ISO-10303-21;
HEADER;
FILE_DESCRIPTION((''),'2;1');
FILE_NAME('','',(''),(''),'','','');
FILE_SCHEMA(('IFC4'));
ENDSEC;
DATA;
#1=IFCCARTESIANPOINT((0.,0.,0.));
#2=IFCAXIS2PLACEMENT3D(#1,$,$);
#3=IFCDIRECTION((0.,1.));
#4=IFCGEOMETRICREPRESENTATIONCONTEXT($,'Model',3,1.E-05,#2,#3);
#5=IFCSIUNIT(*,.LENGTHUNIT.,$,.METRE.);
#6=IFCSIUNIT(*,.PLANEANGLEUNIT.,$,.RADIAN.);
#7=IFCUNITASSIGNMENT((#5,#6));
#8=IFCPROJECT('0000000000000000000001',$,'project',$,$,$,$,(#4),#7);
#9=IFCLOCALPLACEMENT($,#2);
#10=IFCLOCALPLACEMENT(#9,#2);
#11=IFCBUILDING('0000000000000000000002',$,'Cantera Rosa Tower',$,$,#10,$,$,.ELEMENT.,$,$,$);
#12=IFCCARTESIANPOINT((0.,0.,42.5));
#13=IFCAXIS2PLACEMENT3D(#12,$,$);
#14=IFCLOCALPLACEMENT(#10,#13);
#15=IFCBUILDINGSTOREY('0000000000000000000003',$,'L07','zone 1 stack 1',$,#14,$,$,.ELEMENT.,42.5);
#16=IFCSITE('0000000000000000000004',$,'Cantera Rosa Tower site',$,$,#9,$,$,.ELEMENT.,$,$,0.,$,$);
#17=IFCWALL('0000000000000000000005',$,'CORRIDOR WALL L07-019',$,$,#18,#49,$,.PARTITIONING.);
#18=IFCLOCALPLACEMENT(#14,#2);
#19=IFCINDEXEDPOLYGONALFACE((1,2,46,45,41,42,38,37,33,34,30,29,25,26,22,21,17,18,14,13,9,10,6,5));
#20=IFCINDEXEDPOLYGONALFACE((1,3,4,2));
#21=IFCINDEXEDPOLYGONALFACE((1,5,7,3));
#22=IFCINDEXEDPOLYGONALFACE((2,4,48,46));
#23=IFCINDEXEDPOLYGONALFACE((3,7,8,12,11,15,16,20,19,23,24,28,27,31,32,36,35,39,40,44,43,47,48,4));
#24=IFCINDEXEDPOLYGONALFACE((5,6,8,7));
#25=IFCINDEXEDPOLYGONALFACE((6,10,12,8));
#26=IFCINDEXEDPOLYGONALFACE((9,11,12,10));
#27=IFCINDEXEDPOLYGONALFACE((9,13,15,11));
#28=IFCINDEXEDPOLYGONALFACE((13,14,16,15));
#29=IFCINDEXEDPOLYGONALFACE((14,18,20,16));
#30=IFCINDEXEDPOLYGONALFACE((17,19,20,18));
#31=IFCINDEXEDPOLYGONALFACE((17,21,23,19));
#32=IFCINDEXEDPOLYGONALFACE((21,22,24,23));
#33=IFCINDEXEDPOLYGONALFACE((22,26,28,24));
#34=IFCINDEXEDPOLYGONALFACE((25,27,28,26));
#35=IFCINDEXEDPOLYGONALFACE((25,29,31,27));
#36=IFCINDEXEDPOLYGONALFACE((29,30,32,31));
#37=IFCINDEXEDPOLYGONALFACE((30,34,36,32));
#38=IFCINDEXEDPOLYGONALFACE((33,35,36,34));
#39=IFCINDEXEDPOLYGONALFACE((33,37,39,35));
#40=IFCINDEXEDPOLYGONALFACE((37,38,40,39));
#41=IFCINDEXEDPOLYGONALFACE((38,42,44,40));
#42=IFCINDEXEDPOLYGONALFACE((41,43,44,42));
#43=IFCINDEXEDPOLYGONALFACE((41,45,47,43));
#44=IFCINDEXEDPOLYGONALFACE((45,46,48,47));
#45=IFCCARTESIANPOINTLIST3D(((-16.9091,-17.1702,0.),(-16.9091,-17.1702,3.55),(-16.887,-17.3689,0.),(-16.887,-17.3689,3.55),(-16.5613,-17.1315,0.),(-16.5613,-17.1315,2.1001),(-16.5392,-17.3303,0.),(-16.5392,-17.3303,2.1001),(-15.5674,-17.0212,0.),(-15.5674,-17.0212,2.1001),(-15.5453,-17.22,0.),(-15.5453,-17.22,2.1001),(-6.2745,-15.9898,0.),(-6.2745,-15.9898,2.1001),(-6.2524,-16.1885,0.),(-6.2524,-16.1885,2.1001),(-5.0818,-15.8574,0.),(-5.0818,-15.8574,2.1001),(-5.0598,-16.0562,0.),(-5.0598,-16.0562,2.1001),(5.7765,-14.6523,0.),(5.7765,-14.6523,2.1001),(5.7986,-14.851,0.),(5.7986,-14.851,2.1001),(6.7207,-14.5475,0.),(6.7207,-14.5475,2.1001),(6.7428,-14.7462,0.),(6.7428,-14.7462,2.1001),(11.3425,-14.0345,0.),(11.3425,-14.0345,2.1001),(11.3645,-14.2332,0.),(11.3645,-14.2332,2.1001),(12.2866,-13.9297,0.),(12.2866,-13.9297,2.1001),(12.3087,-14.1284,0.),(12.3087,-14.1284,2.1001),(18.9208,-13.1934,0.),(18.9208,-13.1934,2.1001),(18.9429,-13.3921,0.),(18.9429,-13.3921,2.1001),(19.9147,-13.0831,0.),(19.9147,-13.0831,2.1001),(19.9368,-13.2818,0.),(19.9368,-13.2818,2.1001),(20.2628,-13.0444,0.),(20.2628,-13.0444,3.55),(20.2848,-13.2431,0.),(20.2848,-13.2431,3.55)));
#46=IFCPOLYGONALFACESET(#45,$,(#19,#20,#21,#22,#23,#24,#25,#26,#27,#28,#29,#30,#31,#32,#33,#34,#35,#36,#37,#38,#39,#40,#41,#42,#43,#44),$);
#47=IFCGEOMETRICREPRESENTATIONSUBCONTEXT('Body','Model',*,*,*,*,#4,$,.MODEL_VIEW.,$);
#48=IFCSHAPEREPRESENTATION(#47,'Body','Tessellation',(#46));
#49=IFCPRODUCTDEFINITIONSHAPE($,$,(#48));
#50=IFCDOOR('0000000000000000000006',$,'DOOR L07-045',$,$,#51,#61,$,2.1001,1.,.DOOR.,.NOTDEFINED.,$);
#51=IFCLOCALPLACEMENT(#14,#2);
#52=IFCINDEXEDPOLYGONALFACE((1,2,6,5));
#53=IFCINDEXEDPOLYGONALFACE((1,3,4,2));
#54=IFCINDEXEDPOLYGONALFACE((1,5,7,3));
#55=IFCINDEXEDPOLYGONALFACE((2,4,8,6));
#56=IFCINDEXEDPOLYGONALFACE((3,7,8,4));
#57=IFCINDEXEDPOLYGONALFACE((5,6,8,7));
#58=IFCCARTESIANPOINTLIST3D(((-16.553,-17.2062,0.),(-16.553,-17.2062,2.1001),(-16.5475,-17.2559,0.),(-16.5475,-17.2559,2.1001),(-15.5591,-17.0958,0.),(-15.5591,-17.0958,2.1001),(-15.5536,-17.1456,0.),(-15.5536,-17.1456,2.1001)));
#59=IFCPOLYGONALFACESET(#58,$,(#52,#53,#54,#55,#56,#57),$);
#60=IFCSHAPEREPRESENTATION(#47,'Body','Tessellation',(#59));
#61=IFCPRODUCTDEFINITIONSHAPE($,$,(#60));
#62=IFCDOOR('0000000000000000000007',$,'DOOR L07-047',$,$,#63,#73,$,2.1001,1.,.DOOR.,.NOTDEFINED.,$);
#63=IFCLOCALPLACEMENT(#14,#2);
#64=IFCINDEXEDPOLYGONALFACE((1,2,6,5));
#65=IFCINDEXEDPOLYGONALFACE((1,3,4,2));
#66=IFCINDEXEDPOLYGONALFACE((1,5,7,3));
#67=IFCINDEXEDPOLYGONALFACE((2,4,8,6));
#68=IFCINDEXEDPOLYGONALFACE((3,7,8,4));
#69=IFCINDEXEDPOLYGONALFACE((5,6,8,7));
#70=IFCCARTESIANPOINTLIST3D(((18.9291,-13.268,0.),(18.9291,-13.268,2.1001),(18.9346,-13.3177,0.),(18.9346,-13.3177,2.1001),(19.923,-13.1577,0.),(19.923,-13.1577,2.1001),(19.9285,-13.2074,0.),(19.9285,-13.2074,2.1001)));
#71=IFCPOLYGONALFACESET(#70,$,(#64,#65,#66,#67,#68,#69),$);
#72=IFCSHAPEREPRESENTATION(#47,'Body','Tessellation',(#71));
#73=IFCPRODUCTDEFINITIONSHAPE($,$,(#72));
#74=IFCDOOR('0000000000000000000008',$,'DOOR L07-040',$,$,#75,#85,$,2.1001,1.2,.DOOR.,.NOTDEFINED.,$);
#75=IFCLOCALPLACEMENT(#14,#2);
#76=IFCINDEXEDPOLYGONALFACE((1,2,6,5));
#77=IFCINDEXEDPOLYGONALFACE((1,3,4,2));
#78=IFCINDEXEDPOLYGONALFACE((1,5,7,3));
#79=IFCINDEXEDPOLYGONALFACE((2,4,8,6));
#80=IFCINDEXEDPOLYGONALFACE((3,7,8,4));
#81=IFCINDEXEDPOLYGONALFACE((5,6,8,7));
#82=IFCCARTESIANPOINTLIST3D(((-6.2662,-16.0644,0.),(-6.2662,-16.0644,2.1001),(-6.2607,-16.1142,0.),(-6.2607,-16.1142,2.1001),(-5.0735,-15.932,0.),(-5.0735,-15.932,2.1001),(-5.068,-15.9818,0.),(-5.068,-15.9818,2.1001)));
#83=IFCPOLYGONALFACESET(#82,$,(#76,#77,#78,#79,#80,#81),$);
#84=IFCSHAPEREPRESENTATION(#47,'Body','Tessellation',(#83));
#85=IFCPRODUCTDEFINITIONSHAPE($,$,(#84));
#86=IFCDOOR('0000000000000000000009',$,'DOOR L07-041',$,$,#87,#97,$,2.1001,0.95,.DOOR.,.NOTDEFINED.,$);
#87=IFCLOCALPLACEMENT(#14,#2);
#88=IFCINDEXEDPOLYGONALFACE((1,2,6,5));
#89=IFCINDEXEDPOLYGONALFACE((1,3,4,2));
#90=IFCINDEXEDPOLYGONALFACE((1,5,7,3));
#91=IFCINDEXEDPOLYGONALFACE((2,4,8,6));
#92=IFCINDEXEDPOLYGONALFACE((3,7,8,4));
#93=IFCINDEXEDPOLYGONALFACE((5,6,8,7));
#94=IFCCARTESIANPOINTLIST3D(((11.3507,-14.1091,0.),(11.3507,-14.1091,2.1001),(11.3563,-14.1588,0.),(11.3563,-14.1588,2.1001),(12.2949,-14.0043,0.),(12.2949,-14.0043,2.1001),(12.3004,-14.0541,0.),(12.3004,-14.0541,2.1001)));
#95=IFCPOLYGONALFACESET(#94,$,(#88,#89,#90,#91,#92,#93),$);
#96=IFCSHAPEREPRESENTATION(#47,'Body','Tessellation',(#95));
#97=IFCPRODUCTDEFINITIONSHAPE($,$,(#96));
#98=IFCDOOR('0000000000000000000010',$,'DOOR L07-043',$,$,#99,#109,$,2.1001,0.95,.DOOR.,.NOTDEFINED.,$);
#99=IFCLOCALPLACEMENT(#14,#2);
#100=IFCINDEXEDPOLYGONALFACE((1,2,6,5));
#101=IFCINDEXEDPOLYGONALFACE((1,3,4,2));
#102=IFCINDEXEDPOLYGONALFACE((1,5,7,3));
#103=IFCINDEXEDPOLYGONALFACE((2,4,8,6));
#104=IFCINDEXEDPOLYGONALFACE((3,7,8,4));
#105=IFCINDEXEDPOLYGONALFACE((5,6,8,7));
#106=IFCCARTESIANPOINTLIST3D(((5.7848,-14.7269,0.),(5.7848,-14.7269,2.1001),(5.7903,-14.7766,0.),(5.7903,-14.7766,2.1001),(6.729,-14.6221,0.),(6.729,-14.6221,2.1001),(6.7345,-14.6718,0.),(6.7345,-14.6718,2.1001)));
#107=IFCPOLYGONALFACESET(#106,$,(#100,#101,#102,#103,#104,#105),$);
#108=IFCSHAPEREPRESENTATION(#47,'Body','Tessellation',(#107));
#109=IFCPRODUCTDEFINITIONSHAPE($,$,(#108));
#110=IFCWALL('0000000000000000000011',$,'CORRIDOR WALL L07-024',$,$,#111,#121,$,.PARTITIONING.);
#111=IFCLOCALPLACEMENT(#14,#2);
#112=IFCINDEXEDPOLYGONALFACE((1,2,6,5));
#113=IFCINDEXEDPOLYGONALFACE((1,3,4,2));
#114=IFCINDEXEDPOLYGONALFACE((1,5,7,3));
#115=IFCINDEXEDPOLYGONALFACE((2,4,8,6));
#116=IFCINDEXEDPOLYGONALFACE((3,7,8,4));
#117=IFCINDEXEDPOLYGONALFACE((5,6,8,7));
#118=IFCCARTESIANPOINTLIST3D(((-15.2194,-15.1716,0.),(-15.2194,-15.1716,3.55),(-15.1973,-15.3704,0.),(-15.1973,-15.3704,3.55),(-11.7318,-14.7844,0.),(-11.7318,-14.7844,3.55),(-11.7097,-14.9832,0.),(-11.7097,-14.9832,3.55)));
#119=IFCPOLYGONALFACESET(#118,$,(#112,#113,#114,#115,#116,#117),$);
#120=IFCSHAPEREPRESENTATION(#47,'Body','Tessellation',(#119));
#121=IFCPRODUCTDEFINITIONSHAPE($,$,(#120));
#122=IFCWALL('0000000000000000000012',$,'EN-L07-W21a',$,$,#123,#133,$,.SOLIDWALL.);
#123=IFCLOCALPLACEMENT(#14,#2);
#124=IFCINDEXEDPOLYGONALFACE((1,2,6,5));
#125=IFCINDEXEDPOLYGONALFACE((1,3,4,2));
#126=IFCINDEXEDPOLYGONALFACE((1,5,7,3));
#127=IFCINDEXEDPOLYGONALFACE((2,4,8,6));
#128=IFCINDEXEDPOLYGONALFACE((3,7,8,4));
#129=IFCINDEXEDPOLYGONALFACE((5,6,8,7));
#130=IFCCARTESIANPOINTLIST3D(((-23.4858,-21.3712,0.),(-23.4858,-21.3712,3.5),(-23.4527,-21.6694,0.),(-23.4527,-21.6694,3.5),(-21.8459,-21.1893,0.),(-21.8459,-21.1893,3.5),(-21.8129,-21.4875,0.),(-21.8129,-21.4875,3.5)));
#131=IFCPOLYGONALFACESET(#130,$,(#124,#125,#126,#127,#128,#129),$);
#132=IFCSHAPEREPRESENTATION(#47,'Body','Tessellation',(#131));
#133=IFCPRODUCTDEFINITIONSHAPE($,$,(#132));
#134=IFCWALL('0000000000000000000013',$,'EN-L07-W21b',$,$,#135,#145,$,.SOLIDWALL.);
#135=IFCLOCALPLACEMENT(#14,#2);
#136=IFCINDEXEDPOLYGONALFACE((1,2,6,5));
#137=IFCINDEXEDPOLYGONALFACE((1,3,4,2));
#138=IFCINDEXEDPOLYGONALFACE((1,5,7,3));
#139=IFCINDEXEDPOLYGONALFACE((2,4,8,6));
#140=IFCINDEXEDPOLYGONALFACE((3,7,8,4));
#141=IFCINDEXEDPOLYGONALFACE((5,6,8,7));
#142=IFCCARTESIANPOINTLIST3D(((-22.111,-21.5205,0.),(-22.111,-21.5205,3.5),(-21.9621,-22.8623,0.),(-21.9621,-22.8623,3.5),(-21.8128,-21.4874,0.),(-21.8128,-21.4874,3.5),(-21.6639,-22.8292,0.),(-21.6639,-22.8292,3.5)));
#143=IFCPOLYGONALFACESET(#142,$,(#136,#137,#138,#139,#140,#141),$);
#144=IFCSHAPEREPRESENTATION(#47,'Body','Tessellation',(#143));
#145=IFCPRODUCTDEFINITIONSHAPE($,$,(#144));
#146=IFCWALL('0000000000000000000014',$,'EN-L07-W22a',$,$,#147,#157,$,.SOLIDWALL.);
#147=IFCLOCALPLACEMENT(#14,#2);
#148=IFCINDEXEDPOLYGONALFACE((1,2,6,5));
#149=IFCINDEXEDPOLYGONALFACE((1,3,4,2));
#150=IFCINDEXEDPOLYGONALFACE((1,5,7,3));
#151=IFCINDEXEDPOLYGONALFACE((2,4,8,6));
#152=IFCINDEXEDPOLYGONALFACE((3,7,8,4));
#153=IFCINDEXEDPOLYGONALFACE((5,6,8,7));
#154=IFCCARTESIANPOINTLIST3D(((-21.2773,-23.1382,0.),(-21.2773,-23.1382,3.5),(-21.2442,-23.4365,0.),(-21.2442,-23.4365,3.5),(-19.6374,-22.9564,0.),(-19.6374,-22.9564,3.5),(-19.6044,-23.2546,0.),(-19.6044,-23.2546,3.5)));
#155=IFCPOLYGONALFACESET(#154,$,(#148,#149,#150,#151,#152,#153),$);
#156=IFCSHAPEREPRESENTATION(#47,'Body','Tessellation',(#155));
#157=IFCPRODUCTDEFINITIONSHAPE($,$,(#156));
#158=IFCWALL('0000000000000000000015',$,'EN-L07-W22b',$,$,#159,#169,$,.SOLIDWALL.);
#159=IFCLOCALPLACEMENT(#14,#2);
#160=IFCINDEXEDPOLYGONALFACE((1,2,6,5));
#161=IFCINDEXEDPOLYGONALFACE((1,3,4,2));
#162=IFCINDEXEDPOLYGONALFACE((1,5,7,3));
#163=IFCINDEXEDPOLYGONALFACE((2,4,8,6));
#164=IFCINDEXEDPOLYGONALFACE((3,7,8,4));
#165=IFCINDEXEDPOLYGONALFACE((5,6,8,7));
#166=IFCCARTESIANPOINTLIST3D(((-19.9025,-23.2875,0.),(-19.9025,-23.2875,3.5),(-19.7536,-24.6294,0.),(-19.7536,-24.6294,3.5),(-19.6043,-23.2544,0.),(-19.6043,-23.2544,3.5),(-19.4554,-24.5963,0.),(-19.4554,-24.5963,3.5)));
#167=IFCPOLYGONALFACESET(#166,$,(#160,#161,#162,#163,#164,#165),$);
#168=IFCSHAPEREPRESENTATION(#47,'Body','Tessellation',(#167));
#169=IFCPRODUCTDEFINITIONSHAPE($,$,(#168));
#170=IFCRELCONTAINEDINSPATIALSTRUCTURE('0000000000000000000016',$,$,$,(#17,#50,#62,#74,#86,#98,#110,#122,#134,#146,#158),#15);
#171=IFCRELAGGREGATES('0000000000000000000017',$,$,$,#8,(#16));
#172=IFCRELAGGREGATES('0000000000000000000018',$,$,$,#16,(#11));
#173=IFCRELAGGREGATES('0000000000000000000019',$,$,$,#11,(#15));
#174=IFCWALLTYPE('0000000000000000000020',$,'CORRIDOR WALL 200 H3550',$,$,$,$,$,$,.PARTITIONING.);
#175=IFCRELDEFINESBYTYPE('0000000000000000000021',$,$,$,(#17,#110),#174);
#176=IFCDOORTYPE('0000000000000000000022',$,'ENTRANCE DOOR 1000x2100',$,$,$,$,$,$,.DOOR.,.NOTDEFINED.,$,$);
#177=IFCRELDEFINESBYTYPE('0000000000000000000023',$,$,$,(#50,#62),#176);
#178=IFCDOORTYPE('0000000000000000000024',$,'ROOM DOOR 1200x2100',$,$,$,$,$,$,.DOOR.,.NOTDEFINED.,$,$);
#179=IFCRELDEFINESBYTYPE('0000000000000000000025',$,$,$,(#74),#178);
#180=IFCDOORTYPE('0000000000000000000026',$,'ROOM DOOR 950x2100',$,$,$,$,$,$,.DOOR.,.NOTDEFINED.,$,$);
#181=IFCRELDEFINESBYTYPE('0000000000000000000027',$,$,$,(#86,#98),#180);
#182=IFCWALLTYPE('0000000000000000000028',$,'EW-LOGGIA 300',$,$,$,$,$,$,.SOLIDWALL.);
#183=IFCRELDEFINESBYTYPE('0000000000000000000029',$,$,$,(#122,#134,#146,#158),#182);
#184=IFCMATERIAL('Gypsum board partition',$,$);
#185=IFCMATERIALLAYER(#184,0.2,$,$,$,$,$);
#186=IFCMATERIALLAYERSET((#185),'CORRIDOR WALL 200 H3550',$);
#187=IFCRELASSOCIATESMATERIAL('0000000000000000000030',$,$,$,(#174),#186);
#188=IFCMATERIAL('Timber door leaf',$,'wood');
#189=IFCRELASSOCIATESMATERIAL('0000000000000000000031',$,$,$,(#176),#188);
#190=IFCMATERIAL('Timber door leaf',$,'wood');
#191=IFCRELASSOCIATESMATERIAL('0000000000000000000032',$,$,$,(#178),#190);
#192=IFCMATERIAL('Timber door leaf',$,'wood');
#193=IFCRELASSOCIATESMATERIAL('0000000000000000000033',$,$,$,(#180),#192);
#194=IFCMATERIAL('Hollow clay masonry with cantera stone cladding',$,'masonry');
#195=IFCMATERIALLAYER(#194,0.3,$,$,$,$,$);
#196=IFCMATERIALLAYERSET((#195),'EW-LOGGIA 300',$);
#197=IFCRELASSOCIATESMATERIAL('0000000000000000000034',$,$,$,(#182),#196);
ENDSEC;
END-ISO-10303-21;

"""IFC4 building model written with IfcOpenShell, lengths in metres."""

from ifc_helpers import new_model, si_unit, direction, frame, frame_2d, origin, place, context, subcontext, project, spatial, rectangle, extrude, material, layer, layer_set, type_object, element, fill, save


model = new_model("IFC4")

# Units and contexts
model_context = context("Model", 3, precision=1e-05, world=origin(), true_north=direction((0.0, 1.0)))
body_context = subcontext(model_context, "Body", "Model", "MODEL_VIEW")
ifc_project = project(units=[si_unit("LENGTHUNIT", "METRE"), si_unit("PLANEANGLEUNIT", "RADIAN")], contexts=[model_context])

# Site, building, storey
site_placement = place(None, origin())
site = spatial("IfcSite", under=ifc_project, at=site_placement, Name="Cantera Rosa Tower site", CompositionType="ELEMENT", RefElevation=0.0)
building_placement = place(site_placement, origin())
building = spatial("IfcBuilding", under=site, at=building_placement, Name="Cantera Rosa Tower", CompositionType="ELEMENT")
storey_placement = place(building_placement, frame((0.0, 0.0, 42.5)))
storey = spatial("IfcBuildingStorey", under=building, at=storey_placement, Name="L07", Description="zone 1 stack 1", CompositionType="ELEMENT", Elevation=42.5)

# Wall, openings, doors
ifc_material_1 = material(Name="Gypsum board partition")
ifc_layer_1 = layer(ifc_material_1, 0.2)
ifc_layer_set_1 = layer_set([ifc_layer_1], Name="CORRIDOR WALL 200 H3550")
wall_type_1 = type_object("IfcWallType", Name="CORRIDOR WALL 200 H3550", PredefinedType="PARTITIONING", material=ifc_layer_set_1)
wall_1_placement = place(storey_placement, frame((-16.8982, -17.2695, 0.0), z_axis=(0.0, 0.0, 1.0), x_axis=(0.993897, 0.110313, 0.0)))
wall_1 = element("IfcWall", 1, at=wall_1_placement, inside=storey, type_object=wall_type_1, Name="CORRIDOR WALL L07-019", PredefinedType="PARTITIONING", context=body_context, shape_type="SweptSolid", body=[
    extrude(rectangle(XDim=37.4001, YDim=0.2, at=frame_2d((18.7002, 0.0))), origin(), (0.0, 0.0, 1.0), 3.55),
])
opening_1_placement = place(wall_1_placement, frame((10.7, 0.0, 0.0)))
opening_1 = element("IfcOpeningElement", 2, at=opening_1_placement, cuts=wall_1, PredefinedType="OPENING", context=body_context, shape_type="SweptSolid", body=[
    extrude(rectangle(XDim=1.2, YDim=2.1001, at=frame_2d((0.6001, 1.05))), frame((0.0, 0.1099, 0.0), z_axis=(0.0, -1.0, 0.0), x_axis=(1.0, 0.0, 0.0)), (0.0, 0.0, 1.0), 0.22),
])
opening_2_placement = place(wall_1_placement, frame((28.425, 0.0, 0.0)))
opening_2 = element("IfcOpeningElement", 3, at=opening_2_placement, cuts=wall_1, PredefinedType="OPENING", context=body_context, shape_type="SweptSolid", body=[
    extrude(rectangle(XDim=0.95, YDim=2.1001, at=frame_2d((0.4751, 1.05))), frame((0.0, 0.1099, 0.0), z_axis=(0.0, -1.0, 0.0), x_axis=(1.0, 0.0, 0.0)), (0.0, 0.0, 1.0), 0.22),
])
opening_3_placement = place(wall_1_placement, frame((22.825, 0.0, 0.0)))
opening_3 = element("IfcOpeningElement", 4, at=opening_3_placement, cuts=wall_1, PredefinedType="OPENING", context=body_context, shape_type="SweptSolid", body=[
    extrude(rectangle(XDim=0.95, YDim=2.1001, at=frame_2d((0.4751, 1.05))), frame((0.0, 0.1099, 0.0), z_axis=(0.0, -1.0, 0.0), x_axis=(1.0, 0.0, 0.0)), (0.0, 0.0, 1.0), 0.22),
])
opening_4_placement = place(wall_1_placement, frame((0.3501, 0.0, 0.0)))
opening_4 = element("IfcOpeningElement", 5, at=opening_4_placement, cuts=wall_1, PredefinedType="OPENING", context=body_context, shape_type="SweptSolid", body=[
    extrude(rectangle(XDim=1.0, YDim=2.1001, at=frame_2d((0.5, 1.05))), frame((0.0, 0.1099, 0.0), z_axis=(0.0, -1.0, 0.0), x_axis=(1.0, 0.0, 0.0)), (0.0, 0.0, 1.0), 0.22),
])
opening_5_placement = place(wall_1_placement, frame((36.05, 0.0, 0.0)))
opening_5 = element("IfcOpeningElement", 6, at=opening_5_placement, cuts=wall_1, PredefinedType="OPENING", context=body_context, shape_type="SweptSolid", body=[
    extrude(rectangle(XDim=1.0, YDim=2.1001, at=frame_2d((0.5, 1.05))), frame((0.0, 0.1099, 0.0), z_axis=(0.0, -1.0, 0.0), x_axis=(1.0, 0.0, 0.0)), (0.0, 0.0, 1.0), 0.22),
])
ifc_material_2 = material(Name="Timber door leaf", Category="wood")
door_type_1 = type_object("IfcDoorType", Name="ENTRANCE DOOR 1000x2100", OperationType="NOTDEFINED", PredefinedType="DOOR", material=ifc_material_2)
door_1_placement = place(opening_4_placement, origin())
door_1 = element("IfcDoor", 7, at=door_1_placement, inside=storey, type_object=door_type_1, Name="DOOR L07-045", OperationType="NOTDEFINED", OverallHeight=2.1001, OverallWidth=1.0, PredefinedType="DOOR", context=body_context, shape_type="SweptSolid", body=[
    extrude(rectangle(XDim=1.0, YDim=2.1001, at=frame_2d((0.5, 1.05))), frame((0.0, 0.0249, 0.0), z_axis=(0.0, -1.0, 0.0), x_axis=(1.0, 0.0, 0.0)), (0.0, 0.0, 1.0), 0.05),
])
fill(opening_4, door_1)
door_2_placement = place(opening_5_placement, origin())
door_2 = element("IfcDoor", 8, at=door_2_placement, inside=storey, type_object=door_type_1, Name="DOOR L07-047", OperationType="NOTDEFINED", OverallHeight=2.1001, OverallWidth=1.0, PredefinedType="DOOR", context=body_context, shape_type="SweptSolid", body=[
    extrude(rectangle(XDim=1.0, YDim=2.1001, at=frame_2d((0.5, 1.05))), frame((0.0, 0.0249, 0.0), z_axis=(0.0, -1.0, 0.0), x_axis=(1.0, 0.0, 0.0)), (0.0, 0.0, 1.0), 0.05),
])
fill(opening_5, door_2)
ifc_material_3 = material(Name="Timber door leaf", Category="wood")
door_type_2 = type_object("IfcDoorType", Name="ROOM DOOR 1200x2100", OperationType="NOTDEFINED", PredefinedType="DOOR", material=ifc_material_3)
door_3_placement = place(opening_1_placement, origin())
door_3 = element("IfcDoor", 9, at=door_3_placement, inside=storey, type_object=door_type_2, Name="DOOR L07-040", OperationType="NOTDEFINED", OverallHeight=2.1001, OverallWidth=1.2, PredefinedType="DOOR", context=body_context, shape_type="SweptSolid", body=[
    extrude(rectangle(XDim=1.2, YDim=2.1001, at=frame_2d((0.6001, 1.05))), frame((0.0, 0.0249, 0.0), z_axis=(0.0, -1.0, 0.0), x_axis=(1.0, 0.0, 0.0)), (0.0, 0.0, 1.0), 0.05),
])
fill(opening_1, door_3)
ifc_material_4 = material(Name="Timber door leaf", Category="wood")
door_type_3 = type_object("IfcDoorType", Name="ROOM DOOR 950x2100", OperationType="NOTDEFINED", PredefinedType="DOOR", material=ifc_material_4)
door_4_placement = place(opening_2_placement, origin())
door_4 = element("IfcDoor", 10, at=door_4_placement, inside=storey, type_object=door_type_3, Name="DOOR L07-041", OperationType="NOTDEFINED", OverallHeight=2.1001, OverallWidth=0.95, PredefinedType="DOOR", context=body_context, shape_type="SweptSolid", body=[
    extrude(rectangle(XDim=0.95, YDim=2.1001, at=frame_2d((0.4751, 1.05))), frame((0.0, 0.0249, 0.0), z_axis=(0.0, -1.0, 0.0), x_axis=(1.0, 0.0, 0.0)), (0.0, 0.0, 1.0), 0.05),
])
fill(opening_2, door_4)
door_5_placement = place(opening_3_placement, origin())
door_5 = element("IfcDoor", 11, at=door_5_placement, inside=storey, type_object=door_type_3, Name="DOOR L07-043", OperationType="NOTDEFINED", OverallHeight=2.1001, OverallWidth=0.95, PredefinedType="DOOR", context=body_context, shape_type="SweptSolid", body=[
    extrude(rectangle(XDim=0.95, YDim=2.1001, at=frame_2d((0.4751, 1.05))), frame((0.0, 0.0249, 0.0), z_axis=(0.0, -1.0, 0.0), x_axis=(1.0, 0.0, 0.0)), (0.0, 0.0, 1.0), 0.05),
])
fill(opening_3, door_5)

# Walls
wall_2_placement = place(storey_placement, frame((-15.2083, -15.271, 0.0), z_axis=(0.0, 0.0, 1.0), x_axis=(0.993893, 0.110348, 0.0)))
element("IfcWall", 12, at=wall_2_placement, inside=storey, type_object=wall_type_1, Name="CORRIDOR WALL L07-024", PredefinedType="PARTITIONING", context=body_context, shape_type="SweptSolid", body=[
    extrude(rectangle(XDim=3.509, YDim=0.2, at=frame_2d((1.7544, 0.0))), origin(), (0.0, 0.0, 1.0), 3.55),
])
ifc_material_5 = material(Name="Hollow clay masonry with cantera stone cladding", Category="masonry")
ifc_layer_2 = layer(ifc_material_5, 0.3)
ifc_layer_set_2 = layer_set([ifc_layer_2], Name="EW-LOGGIA 300")
wall_type_2 = type_object("IfcWallType", Name="EW-LOGGIA 300", PredefinedType="SOLIDWALL", material=ifc_layer_set_2)
wall_3_placement = place(storey_placement, frame((-23.4692, -21.5203, 0.0), z_axis=(0.0, 0.0, 1.0), x_axis=(0.993905, 0.110237, 0.0)))
element("IfcWall", 13, at=wall_3_placement, inside=storey, type_object=wall_type_2, Name="EN-L07-W21a", PredefinedType="SOLIDWALL", context=body_context, shape_type="SweptSolid", body=[
    extrude(rectangle(XDim=1.6499, YDim=0.3, at=frame_2d((0.825, 0.0))), origin(), (0.0, 0.0, 1.0), 3.5),
])
wall_4_placement = place(storey_placement, frame((-21.9619, -21.5039, 0.0), z_axis=(0.0, 0.0, 1.0), x_axis=(0.110312, -0.993897, 0.0)))
element("IfcWall", 14, at=wall_4_placement, inside=storey, type_object=wall_type_2, Name="EN-L07-W21b", PredefinedType="SOLIDWALL", context=body_context, shape_type="SweptSolid", body=[
    extrude(rectangle(XDim=1.3501, YDim=0.3, at=frame_2d((0.675, 0.0))), origin(), (0.0, 0.0, 1.0), 3.5),
])
wall_5_placement = place(storey_placement, frame((-21.2607, -23.2874, 0.0), z_axis=(0.0, 0.0, 1.0), x_axis=(0.993905, 0.110237, 0.0)))
element("IfcWall", 15, at=wall_5_placement, inside=storey, type_object=wall_type_2, Name="EN-L07-W22a", PredefinedType="SOLIDWALL", context=body_context, shape_type="SweptSolid", body=[
    extrude(rectangle(XDim=1.6499, YDim=0.3, at=frame_2d((0.825, 0.0))), origin(), (0.0, 0.0, 1.0), 3.5),
])
wall_6_placement = place(storey_placement, frame((-19.7534, -23.271, 0.0), z_axis=(0.0, 0.0, 1.0), x_axis=(0.110312, -0.993897, 0.0)))
element("IfcWall", 16, at=wall_6_placement, inside=storey, type_object=wall_type_2, Name="EN-L07-W22b", PredefinedType="SOLIDWALL", context=body_context, shape_type="SweptSolid", body=[
    extrude(rectangle(XDim=1.3501, YDim=0.3, at=frame_2d((0.675, 0.0))), origin(), (0.0, 0.0, 1.0), 3.5),
])

save(model, "model.ifc")
